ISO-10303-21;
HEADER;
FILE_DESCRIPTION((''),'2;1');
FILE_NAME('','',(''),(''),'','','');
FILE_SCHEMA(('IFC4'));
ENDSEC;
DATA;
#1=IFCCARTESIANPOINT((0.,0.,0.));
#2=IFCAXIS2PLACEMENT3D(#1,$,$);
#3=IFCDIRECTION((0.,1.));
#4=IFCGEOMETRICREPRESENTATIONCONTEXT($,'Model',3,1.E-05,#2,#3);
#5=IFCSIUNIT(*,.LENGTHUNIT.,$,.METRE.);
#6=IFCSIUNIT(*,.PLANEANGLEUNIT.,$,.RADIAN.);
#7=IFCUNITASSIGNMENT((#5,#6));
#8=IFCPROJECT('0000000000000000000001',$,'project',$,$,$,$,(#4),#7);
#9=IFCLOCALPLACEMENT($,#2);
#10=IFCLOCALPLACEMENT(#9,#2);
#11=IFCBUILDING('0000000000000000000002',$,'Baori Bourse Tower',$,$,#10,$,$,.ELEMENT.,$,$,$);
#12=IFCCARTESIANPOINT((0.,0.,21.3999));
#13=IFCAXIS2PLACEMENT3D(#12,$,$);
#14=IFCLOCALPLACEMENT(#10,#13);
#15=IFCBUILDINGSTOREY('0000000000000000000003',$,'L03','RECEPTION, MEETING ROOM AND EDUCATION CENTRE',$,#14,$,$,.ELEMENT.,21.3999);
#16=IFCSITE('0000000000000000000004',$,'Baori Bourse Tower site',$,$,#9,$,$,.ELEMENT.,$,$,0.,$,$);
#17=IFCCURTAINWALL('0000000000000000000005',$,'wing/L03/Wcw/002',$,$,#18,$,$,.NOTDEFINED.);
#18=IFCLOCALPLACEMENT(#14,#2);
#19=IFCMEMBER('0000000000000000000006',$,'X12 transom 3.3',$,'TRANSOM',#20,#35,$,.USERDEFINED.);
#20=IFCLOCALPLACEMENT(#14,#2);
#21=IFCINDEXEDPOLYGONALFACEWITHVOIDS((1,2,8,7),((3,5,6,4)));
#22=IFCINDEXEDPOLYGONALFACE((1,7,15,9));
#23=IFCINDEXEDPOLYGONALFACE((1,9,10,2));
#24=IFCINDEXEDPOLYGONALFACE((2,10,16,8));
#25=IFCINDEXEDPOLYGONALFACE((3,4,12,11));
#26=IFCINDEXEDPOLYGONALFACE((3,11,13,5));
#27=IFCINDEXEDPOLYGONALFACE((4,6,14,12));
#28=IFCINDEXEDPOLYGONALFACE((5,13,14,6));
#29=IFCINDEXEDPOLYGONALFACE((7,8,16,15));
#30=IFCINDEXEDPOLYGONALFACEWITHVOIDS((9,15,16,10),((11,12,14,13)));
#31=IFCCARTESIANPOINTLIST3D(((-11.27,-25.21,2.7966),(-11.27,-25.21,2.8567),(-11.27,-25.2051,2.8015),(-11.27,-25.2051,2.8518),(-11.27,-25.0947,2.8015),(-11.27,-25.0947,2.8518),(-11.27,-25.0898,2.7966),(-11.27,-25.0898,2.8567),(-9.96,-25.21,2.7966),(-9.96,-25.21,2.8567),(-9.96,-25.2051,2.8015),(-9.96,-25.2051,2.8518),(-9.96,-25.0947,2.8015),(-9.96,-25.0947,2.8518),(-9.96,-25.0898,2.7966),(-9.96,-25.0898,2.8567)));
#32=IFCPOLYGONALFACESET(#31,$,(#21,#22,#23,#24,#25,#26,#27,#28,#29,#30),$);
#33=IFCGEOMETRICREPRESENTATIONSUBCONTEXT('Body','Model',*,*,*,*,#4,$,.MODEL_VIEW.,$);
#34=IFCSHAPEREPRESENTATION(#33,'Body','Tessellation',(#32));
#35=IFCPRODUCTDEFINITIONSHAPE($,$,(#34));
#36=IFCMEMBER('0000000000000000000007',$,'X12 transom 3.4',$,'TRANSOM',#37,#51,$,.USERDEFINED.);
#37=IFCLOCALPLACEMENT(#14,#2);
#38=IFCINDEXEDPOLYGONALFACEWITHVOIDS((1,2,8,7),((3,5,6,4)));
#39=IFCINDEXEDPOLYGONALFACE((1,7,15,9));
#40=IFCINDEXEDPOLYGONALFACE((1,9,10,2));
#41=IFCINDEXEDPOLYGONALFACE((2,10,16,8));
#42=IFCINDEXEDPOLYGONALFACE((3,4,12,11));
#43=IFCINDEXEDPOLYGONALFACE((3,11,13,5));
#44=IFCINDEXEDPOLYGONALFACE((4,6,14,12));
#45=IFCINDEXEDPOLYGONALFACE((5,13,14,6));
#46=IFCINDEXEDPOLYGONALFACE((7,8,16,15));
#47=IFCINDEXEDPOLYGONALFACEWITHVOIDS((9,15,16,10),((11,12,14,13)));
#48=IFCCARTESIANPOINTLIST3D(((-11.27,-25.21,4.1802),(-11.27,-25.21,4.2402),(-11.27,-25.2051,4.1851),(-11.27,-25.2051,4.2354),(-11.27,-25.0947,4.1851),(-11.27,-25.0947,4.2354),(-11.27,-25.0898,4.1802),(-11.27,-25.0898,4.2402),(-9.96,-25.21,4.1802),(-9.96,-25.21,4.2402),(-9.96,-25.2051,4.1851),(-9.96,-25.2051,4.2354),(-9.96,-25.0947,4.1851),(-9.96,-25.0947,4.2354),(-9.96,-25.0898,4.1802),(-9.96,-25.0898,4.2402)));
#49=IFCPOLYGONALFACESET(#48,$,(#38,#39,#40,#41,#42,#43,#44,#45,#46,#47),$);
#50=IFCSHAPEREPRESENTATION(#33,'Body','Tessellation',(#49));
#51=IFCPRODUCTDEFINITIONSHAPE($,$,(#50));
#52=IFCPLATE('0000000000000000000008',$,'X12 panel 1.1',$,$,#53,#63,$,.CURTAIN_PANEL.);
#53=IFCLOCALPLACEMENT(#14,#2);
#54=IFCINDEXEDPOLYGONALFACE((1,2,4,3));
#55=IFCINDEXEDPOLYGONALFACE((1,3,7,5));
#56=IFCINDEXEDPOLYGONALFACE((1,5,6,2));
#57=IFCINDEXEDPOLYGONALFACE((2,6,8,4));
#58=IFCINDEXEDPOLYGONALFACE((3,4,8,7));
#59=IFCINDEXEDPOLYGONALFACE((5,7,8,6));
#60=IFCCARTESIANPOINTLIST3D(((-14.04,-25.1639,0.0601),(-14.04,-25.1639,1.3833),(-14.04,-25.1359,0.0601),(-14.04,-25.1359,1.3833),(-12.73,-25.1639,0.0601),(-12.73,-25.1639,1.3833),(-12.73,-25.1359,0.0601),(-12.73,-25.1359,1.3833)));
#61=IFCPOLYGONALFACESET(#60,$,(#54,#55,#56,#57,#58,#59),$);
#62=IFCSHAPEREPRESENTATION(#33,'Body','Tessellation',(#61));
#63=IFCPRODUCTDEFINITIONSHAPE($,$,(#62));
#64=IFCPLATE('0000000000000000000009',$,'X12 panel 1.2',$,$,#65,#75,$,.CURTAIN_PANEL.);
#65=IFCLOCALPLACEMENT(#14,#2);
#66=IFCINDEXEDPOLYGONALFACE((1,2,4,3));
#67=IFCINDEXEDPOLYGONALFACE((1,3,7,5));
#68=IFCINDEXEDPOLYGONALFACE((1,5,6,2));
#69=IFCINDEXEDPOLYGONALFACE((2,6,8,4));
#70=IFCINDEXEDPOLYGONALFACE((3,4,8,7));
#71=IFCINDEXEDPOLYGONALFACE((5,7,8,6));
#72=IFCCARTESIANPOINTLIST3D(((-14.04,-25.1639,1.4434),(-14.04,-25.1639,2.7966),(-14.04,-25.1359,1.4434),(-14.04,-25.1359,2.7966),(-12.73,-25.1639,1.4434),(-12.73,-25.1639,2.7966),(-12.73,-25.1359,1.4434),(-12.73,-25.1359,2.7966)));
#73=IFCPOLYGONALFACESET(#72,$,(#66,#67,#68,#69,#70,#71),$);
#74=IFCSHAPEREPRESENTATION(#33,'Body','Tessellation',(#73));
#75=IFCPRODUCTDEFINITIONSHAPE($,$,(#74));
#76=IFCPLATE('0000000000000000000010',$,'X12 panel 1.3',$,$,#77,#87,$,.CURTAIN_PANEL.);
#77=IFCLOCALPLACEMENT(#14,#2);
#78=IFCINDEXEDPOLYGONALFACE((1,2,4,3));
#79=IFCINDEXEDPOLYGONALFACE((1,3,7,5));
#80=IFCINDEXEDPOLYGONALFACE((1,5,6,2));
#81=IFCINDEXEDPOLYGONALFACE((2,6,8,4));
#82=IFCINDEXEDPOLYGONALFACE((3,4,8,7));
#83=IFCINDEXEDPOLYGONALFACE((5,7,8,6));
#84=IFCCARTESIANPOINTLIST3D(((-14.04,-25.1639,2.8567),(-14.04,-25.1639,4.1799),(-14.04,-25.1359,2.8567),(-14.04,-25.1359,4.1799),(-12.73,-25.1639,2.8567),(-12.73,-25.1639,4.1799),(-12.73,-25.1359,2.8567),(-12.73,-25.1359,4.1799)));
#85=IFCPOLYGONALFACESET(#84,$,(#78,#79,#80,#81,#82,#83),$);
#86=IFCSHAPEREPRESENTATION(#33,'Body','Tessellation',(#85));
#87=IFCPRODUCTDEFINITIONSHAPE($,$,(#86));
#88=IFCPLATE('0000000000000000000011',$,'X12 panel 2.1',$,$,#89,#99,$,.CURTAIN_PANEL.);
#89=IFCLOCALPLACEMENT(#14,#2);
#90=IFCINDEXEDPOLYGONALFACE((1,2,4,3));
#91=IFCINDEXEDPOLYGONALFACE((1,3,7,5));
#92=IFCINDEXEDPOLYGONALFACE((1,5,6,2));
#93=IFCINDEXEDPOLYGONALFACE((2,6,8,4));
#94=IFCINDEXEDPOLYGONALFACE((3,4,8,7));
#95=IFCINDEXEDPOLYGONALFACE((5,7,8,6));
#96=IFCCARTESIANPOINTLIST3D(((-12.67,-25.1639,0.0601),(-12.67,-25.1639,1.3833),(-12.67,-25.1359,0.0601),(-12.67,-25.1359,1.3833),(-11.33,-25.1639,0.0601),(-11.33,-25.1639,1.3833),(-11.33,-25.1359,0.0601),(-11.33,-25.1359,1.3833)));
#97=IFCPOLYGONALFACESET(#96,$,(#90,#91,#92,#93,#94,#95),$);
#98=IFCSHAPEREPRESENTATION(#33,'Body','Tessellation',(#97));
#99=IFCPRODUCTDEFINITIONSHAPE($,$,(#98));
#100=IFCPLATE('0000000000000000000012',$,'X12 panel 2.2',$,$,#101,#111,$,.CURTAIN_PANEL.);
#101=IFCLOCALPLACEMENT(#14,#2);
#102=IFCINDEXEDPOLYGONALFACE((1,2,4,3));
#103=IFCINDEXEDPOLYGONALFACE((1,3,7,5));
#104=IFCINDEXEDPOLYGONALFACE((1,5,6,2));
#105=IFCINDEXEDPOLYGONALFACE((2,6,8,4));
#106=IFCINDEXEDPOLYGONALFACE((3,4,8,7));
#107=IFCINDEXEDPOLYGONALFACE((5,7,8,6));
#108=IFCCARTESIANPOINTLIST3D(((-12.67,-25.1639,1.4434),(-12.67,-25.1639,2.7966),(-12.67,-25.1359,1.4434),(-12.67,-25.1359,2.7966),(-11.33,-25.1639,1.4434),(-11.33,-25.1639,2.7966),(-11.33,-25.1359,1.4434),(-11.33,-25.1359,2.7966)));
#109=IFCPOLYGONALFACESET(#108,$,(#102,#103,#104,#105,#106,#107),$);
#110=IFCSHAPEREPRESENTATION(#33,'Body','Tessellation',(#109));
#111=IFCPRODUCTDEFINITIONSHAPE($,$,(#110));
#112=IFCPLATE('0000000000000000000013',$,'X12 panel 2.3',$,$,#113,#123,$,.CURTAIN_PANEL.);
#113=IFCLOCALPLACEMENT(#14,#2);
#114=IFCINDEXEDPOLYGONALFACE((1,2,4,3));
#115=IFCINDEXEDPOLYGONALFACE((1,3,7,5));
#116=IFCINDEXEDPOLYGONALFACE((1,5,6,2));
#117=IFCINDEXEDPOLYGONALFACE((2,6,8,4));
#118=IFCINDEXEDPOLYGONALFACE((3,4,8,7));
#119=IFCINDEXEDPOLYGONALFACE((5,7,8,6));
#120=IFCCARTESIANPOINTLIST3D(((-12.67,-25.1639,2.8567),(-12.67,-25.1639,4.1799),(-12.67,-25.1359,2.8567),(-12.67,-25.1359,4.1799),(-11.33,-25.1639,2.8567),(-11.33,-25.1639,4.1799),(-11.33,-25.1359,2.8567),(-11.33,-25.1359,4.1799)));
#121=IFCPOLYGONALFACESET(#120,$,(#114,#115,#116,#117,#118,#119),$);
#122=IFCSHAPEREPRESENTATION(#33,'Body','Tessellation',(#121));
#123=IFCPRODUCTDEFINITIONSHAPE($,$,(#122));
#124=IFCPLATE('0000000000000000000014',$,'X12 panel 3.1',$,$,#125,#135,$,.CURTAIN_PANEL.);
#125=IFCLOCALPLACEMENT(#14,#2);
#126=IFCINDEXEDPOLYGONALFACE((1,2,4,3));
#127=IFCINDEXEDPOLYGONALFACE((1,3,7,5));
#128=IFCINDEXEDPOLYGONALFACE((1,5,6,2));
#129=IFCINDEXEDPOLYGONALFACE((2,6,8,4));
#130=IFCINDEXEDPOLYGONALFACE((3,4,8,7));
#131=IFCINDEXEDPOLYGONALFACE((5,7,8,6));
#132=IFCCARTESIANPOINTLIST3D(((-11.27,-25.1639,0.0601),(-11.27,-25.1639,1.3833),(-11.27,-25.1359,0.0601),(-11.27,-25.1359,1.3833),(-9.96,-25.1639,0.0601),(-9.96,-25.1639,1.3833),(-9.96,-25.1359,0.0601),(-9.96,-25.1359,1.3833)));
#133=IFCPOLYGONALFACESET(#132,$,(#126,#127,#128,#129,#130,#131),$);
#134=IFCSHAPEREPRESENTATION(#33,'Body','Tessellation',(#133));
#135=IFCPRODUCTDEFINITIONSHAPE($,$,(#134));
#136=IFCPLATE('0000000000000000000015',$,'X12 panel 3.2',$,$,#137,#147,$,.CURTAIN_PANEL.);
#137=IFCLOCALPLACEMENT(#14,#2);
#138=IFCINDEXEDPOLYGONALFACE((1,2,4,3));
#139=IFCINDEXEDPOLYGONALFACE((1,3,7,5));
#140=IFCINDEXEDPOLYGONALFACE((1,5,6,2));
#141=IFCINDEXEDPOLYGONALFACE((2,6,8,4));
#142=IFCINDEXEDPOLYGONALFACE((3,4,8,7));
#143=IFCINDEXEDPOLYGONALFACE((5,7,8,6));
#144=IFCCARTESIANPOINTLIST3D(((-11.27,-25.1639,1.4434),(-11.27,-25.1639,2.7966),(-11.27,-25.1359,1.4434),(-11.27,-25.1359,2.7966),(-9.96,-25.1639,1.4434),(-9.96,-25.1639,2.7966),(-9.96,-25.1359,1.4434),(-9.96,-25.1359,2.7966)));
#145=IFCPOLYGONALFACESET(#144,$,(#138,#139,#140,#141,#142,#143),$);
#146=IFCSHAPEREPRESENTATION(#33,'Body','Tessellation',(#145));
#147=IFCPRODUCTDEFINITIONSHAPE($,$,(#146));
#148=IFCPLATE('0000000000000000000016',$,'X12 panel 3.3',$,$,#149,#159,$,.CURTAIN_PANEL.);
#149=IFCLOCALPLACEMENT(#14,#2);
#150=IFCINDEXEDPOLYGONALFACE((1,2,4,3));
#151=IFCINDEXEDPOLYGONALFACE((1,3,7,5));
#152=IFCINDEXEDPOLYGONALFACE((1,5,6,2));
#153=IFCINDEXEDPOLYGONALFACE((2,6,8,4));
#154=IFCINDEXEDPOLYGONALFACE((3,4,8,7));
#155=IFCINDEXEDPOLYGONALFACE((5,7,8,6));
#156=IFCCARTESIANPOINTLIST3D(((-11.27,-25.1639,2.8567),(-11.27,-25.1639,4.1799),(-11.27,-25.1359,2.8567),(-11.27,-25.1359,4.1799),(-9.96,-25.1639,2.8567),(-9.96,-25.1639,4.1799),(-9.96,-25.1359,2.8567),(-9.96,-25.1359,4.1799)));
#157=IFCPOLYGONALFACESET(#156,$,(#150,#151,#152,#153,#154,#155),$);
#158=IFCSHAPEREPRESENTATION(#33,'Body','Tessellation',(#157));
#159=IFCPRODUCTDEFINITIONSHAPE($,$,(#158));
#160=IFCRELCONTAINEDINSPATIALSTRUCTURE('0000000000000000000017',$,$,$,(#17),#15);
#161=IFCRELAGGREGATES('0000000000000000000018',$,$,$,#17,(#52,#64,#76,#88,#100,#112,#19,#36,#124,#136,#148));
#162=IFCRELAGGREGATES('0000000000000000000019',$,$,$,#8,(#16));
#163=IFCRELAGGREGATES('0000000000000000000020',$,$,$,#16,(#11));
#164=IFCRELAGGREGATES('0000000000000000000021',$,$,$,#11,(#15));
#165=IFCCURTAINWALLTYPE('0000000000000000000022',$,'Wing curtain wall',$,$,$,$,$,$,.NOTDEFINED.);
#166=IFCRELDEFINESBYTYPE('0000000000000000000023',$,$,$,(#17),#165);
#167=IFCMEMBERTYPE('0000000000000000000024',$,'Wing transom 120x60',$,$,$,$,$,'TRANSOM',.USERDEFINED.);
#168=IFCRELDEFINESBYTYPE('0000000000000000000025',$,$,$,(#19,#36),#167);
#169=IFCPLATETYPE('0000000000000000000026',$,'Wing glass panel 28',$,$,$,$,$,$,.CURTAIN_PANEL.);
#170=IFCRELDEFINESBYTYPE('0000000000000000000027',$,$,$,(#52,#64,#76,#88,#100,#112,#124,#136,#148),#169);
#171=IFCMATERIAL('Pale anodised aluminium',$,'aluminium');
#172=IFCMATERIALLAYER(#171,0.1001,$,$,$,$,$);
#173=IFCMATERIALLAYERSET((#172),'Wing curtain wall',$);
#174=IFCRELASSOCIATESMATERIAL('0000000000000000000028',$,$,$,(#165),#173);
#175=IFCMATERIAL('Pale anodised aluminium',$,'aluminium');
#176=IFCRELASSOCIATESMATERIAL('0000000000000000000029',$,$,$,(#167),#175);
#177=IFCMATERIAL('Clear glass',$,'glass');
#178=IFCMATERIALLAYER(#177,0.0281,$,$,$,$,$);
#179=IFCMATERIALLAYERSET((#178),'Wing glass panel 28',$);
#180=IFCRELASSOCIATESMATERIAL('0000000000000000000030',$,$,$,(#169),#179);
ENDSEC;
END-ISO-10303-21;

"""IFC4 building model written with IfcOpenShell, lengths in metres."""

from ifc_helpers import new_model, si_unit, direction, frame, origin, origin_2d, place, context, subcontext, project, spatial, rectangle, hollow_rectangle, extrude, material, layer, layer_set, material_profile, profile_set, type_object, element, aggregate, save


model = new_model("IFC4")

# Units and contexts
model_context = context("Model", 3, precision=1e-05, world=origin(), true_north=direction((0.0, 1.0)))
body_context = subcontext(model_context, "Body", "Model", "MODEL_VIEW")
ifc_project = project(units=[si_unit("LENGTHUNIT", "METRE"), si_unit("PLANEANGLEUNIT", "RADIAN")], contexts=[model_context])

# Site, building, storey
site_placement = place(None, origin())
site = spatial("IfcSite", under=ifc_project, at=site_placement, Name="Baori Bourse Tower site", CompositionType="ELEMENT", RefElevation=0.0)
building_placement = place(site_placement, origin())
building = spatial("IfcBuilding", under=site, at=building_placement, Name="Baori Bourse Tower", CompositionType="ELEMENT")
storey_placement = place(building_placement, frame((0.0, 0.0, 21.3999)))
storey = spatial("IfcBuildingStorey", under=building, at=storey_placement, Name="L03", Description="RECEPTION, MEETING ROOM AND EDUCATION CENTRE", CompositionType="ELEMENT", Elevation=21.3999)

# Curtain wall, members, plates
ifc_material_1 = material(Name="Pale anodised aluminium", Category="aluminium")
ifc_layer_1 = layer(ifc_material_1, 0.1001)
ifc_layer_set_1 = layer_set([ifc_layer_1], Name="Wing curtain wall")
curtain_wall_type = type_object("IfcCurtainWallType", Name="Wing curtain wall", PredefinedType="NOTDEFINED", material=ifc_layer_set_1)
curtain_wall_placement = place(storey_placement, origin())
curtain_wall = element("IfcCurtainWall", 1, at=curtain_wall_placement, inside=storey, type_object=curtain_wall_type, Name="wing/L03/Wcw/002", PredefinedType="NOTDEFINED")
ifc_material_2 = material(Name="Pale anodised aluminium", Category="aluminium")
ifc_material_profile_1 = material_profile(ifc_material_2, hollow_rectangle(XDim=0.1201, YDim=0.0601, WallThickness=0.0049, at=origin_2d()), Name="Transom 120x60x5")
ifc_profile_set_1 = profile_set([ifc_material_profile_1], Name="Pale anodised aluminium")
member_type_1 = type_object("IfcMemberType", Name="Wing transom 120x60", ElementType="TRANSOM", PredefinedType="USERDEFINED", material=ifc_profile_set_1)
member_1_placement = place(storey_placement, frame((-11.27, -25.1499, 2.8267), z_axis=(1.0, 0.0, 0.0), x_axis=(0.0, 1.0, 0.0)))
member_1 = element("IfcMember", 2, at=member_1_placement, type_object=member_type_1, Name="X12 transom 3.3", ObjectType="TRANSOM", PredefinedType="USERDEFINED", context=body_context, shape_type="SweptSolid", body=[
    extrude(hollow_rectangle(XDim=0.1201, YDim=0.0601, WallThickness=0.0049, at=origin_2d()), origin(), (0.0, 0.0, 1.0), 1.3101),
])
member_2_placement = place(storey_placement, frame((-11.27, -25.1499, 4.2102), z_axis=(1.0, 0.0, 0.0), x_axis=(0.0, 1.0, 0.0)))
member_2 = element("IfcMember", 3, at=member_2_placement, type_object=member_type_1, Name="X12 transom 3.4", ObjectType="TRANSOM", PredefinedType="USERDEFINED", context=body_context, shape_type="SweptSolid", body=[
    extrude(hollow_rectangle(XDim=0.1201, YDim=0.0601, WallThickness=0.0049, at=origin_2d()), origin(), (0.0, 0.0, 1.0), 1.3101),
])
ifc_material_3 = material(Name="Clear glass", Category="glass")
ifc_layer_2 = layer(ifc_material_3, 0.0281)
ifc_layer_set_2 = layer_set([ifc_layer_2], Name="Wing glass panel 28")
plate_type = type_object("IfcPlateType", Name="Wing glass panel 28", PredefinedType="CURTAIN_PANEL", material=ifc_layer_set_2)
plate_1_placement = place(storey_placement, frame((-13.385, -25.1499, 0.0601), z_axis=(0.0, 0.0, 1.0), x_axis=(1.0, 0.0, 0.0)))
plate_1 = element("IfcPlate", 4, at=plate_1_placement, type_object=plate_type, Name="X12 panel 1.1", PredefinedType="CURTAIN_PANEL", context=body_context, shape_type="SweptSolid", body=[
    extrude(rectangle(XDim=1.3101, YDim=0.0281, at=origin_2d()), origin(), (0.0, 0.0, 1.0), 1.3232),
])
plate_2_placement = place(storey_placement, frame((-13.385, -25.1499, 1.4434), z_axis=(0.0, 0.0, 1.0), x_axis=(1.0, 0.0, 0.0)))
plate_2 = element("IfcPlate", 5, at=plate_2_placement, type_object=plate_type, Name="X12 panel 1.2", PredefinedType="CURTAIN_PANEL", context=body_context, shape_type="SweptSolid", body=[
    extrude(rectangle(XDim=1.3101, YDim=0.0281, at=origin_2d()), origin(), (0.0, 0.0, 1.0), 1.3533),
])
plate_3_placement = place(storey_placement, frame((-13.385, -25.1499, 2.8567), z_axis=(0.0, 0.0, 1.0), x_axis=(1.0, 0.0, 0.0)))
plate_3 = element("IfcPlate", 6, at=plate_3_placement, type_object=plate_type, Name="X12 panel 1.3", PredefinedType="CURTAIN_PANEL", context=body_context, shape_type="SweptSolid", body=[
    extrude(rectangle(XDim=1.3101, YDim=0.0281, at=origin_2d()), origin(), (0.0, 0.0, 1.0), 1.3232),
])
plate_4_placement = place(storey_placement, frame((-12.0, -25.1499, 0.0601), z_axis=(0.0, 0.0, 1.0), x_axis=(1.0, 0.0, 0.0)))
plate_4 = element("IfcPlate", 7, at=plate_4_placement, type_object=plate_type, Name="X12 panel 2.1", PredefinedType="CURTAIN_PANEL", context=body_context, shape_type="SweptSolid", body=[
    extrude(rectangle(XDim=1.3401, YDim=0.0281, at=origin_2d()), origin(), (0.0, 0.0, 1.0), 1.3232),
])
plate_5_placement = place(storey_placement, frame((-12.0, -25.1499, 1.4434), z_axis=(0.0, 0.0, 1.0), x_axis=(1.0, 0.0, 0.0)))
plate_5 = element("IfcPlate", 8, at=plate_5_placement, type_object=plate_type, Name="X12 panel 2.2", PredefinedType="CURTAIN_PANEL", context=body_context, shape_type="SweptSolid", body=[
    extrude(rectangle(XDim=1.3401, YDim=0.0281, at=origin_2d()), origin(), (0.0, 0.0, 1.0), 1.3533),
])
plate_6_placement = place(storey_placement, frame((-12.0, -25.1499, 2.8567), z_axis=(0.0, 0.0, 1.0), x_axis=(1.0, 0.0, 0.0)))
plate_6 = element("IfcPlate", 9, at=plate_6_placement, type_object=plate_type, Name="X12 panel 2.3", PredefinedType="CURTAIN_PANEL", context=body_context, shape_type="SweptSolid", body=[
    extrude(rectangle(XDim=1.3401, YDim=0.0281, at=origin_2d()), origin(), (0.0, 0.0, 1.0), 1.3232),
])
plate_7_placement = place(storey_placement, frame((-10.615, -25.1499, 0.0601), z_axis=(0.0, 0.0, 1.0), x_axis=(1.0, 0.0, 0.0)))
plate_7 = element("IfcPlate", 10, at=plate_7_placement, type_object=plate_type, Name="X12 panel 3.1", PredefinedType="CURTAIN_PANEL", context=body_context, shape_type="SweptSolid", body=[
    extrude(rectangle(XDim=1.3101, YDim=0.0281, at=origin_2d()), origin(), (0.0, 0.0, 1.0), 1.3232),
])
plate_8_placement = place(storey_placement, frame((-10.615, -25.1499, 1.4434), z_axis=(0.0, 0.0, 1.0), x_axis=(1.0, 0.0, 0.0)))
plate_8 = element("IfcPlate", 11, at=plate_8_placement, type_object=plate_type, Name="X12 panel 3.2", PredefinedType="CURTAIN_PANEL", context=body_context, shape_type="SweptSolid", body=[
    extrude(rectangle(XDim=1.3101, YDim=0.0281, at=origin_2d()), origin(), (0.0, 0.0, 1.0), 1.3533),
])
plate_9_placement = place(storey_placement, frame((-10.615, -25.1499, 2.8567), z_axis=(0.0, 0.0, 1.0), x_axis=(1.0, 0.0, 0.0)))
plate_9 = element("IfcPlate", 12, at=plate_9_placement, type_object=plate_type, Name="X12 panel 3.3", PredefinedType="CURTAIN_PANEL", context=body_context, shape_type="SweptSolid", body=[
    extrude(rectangle(XDim=1.3101, YDim=0.0281, at=origin_2d()), origin(), (0.0, 0.0, 1.0), 1.3232),
])
aggregate(curtain_wall, [plate_1, plate_2, plate_3, plate_4, plate_5, plate_6, member_1, member_2, plate_7, plate_8, plate_9])

save(model, "model.ifc")
